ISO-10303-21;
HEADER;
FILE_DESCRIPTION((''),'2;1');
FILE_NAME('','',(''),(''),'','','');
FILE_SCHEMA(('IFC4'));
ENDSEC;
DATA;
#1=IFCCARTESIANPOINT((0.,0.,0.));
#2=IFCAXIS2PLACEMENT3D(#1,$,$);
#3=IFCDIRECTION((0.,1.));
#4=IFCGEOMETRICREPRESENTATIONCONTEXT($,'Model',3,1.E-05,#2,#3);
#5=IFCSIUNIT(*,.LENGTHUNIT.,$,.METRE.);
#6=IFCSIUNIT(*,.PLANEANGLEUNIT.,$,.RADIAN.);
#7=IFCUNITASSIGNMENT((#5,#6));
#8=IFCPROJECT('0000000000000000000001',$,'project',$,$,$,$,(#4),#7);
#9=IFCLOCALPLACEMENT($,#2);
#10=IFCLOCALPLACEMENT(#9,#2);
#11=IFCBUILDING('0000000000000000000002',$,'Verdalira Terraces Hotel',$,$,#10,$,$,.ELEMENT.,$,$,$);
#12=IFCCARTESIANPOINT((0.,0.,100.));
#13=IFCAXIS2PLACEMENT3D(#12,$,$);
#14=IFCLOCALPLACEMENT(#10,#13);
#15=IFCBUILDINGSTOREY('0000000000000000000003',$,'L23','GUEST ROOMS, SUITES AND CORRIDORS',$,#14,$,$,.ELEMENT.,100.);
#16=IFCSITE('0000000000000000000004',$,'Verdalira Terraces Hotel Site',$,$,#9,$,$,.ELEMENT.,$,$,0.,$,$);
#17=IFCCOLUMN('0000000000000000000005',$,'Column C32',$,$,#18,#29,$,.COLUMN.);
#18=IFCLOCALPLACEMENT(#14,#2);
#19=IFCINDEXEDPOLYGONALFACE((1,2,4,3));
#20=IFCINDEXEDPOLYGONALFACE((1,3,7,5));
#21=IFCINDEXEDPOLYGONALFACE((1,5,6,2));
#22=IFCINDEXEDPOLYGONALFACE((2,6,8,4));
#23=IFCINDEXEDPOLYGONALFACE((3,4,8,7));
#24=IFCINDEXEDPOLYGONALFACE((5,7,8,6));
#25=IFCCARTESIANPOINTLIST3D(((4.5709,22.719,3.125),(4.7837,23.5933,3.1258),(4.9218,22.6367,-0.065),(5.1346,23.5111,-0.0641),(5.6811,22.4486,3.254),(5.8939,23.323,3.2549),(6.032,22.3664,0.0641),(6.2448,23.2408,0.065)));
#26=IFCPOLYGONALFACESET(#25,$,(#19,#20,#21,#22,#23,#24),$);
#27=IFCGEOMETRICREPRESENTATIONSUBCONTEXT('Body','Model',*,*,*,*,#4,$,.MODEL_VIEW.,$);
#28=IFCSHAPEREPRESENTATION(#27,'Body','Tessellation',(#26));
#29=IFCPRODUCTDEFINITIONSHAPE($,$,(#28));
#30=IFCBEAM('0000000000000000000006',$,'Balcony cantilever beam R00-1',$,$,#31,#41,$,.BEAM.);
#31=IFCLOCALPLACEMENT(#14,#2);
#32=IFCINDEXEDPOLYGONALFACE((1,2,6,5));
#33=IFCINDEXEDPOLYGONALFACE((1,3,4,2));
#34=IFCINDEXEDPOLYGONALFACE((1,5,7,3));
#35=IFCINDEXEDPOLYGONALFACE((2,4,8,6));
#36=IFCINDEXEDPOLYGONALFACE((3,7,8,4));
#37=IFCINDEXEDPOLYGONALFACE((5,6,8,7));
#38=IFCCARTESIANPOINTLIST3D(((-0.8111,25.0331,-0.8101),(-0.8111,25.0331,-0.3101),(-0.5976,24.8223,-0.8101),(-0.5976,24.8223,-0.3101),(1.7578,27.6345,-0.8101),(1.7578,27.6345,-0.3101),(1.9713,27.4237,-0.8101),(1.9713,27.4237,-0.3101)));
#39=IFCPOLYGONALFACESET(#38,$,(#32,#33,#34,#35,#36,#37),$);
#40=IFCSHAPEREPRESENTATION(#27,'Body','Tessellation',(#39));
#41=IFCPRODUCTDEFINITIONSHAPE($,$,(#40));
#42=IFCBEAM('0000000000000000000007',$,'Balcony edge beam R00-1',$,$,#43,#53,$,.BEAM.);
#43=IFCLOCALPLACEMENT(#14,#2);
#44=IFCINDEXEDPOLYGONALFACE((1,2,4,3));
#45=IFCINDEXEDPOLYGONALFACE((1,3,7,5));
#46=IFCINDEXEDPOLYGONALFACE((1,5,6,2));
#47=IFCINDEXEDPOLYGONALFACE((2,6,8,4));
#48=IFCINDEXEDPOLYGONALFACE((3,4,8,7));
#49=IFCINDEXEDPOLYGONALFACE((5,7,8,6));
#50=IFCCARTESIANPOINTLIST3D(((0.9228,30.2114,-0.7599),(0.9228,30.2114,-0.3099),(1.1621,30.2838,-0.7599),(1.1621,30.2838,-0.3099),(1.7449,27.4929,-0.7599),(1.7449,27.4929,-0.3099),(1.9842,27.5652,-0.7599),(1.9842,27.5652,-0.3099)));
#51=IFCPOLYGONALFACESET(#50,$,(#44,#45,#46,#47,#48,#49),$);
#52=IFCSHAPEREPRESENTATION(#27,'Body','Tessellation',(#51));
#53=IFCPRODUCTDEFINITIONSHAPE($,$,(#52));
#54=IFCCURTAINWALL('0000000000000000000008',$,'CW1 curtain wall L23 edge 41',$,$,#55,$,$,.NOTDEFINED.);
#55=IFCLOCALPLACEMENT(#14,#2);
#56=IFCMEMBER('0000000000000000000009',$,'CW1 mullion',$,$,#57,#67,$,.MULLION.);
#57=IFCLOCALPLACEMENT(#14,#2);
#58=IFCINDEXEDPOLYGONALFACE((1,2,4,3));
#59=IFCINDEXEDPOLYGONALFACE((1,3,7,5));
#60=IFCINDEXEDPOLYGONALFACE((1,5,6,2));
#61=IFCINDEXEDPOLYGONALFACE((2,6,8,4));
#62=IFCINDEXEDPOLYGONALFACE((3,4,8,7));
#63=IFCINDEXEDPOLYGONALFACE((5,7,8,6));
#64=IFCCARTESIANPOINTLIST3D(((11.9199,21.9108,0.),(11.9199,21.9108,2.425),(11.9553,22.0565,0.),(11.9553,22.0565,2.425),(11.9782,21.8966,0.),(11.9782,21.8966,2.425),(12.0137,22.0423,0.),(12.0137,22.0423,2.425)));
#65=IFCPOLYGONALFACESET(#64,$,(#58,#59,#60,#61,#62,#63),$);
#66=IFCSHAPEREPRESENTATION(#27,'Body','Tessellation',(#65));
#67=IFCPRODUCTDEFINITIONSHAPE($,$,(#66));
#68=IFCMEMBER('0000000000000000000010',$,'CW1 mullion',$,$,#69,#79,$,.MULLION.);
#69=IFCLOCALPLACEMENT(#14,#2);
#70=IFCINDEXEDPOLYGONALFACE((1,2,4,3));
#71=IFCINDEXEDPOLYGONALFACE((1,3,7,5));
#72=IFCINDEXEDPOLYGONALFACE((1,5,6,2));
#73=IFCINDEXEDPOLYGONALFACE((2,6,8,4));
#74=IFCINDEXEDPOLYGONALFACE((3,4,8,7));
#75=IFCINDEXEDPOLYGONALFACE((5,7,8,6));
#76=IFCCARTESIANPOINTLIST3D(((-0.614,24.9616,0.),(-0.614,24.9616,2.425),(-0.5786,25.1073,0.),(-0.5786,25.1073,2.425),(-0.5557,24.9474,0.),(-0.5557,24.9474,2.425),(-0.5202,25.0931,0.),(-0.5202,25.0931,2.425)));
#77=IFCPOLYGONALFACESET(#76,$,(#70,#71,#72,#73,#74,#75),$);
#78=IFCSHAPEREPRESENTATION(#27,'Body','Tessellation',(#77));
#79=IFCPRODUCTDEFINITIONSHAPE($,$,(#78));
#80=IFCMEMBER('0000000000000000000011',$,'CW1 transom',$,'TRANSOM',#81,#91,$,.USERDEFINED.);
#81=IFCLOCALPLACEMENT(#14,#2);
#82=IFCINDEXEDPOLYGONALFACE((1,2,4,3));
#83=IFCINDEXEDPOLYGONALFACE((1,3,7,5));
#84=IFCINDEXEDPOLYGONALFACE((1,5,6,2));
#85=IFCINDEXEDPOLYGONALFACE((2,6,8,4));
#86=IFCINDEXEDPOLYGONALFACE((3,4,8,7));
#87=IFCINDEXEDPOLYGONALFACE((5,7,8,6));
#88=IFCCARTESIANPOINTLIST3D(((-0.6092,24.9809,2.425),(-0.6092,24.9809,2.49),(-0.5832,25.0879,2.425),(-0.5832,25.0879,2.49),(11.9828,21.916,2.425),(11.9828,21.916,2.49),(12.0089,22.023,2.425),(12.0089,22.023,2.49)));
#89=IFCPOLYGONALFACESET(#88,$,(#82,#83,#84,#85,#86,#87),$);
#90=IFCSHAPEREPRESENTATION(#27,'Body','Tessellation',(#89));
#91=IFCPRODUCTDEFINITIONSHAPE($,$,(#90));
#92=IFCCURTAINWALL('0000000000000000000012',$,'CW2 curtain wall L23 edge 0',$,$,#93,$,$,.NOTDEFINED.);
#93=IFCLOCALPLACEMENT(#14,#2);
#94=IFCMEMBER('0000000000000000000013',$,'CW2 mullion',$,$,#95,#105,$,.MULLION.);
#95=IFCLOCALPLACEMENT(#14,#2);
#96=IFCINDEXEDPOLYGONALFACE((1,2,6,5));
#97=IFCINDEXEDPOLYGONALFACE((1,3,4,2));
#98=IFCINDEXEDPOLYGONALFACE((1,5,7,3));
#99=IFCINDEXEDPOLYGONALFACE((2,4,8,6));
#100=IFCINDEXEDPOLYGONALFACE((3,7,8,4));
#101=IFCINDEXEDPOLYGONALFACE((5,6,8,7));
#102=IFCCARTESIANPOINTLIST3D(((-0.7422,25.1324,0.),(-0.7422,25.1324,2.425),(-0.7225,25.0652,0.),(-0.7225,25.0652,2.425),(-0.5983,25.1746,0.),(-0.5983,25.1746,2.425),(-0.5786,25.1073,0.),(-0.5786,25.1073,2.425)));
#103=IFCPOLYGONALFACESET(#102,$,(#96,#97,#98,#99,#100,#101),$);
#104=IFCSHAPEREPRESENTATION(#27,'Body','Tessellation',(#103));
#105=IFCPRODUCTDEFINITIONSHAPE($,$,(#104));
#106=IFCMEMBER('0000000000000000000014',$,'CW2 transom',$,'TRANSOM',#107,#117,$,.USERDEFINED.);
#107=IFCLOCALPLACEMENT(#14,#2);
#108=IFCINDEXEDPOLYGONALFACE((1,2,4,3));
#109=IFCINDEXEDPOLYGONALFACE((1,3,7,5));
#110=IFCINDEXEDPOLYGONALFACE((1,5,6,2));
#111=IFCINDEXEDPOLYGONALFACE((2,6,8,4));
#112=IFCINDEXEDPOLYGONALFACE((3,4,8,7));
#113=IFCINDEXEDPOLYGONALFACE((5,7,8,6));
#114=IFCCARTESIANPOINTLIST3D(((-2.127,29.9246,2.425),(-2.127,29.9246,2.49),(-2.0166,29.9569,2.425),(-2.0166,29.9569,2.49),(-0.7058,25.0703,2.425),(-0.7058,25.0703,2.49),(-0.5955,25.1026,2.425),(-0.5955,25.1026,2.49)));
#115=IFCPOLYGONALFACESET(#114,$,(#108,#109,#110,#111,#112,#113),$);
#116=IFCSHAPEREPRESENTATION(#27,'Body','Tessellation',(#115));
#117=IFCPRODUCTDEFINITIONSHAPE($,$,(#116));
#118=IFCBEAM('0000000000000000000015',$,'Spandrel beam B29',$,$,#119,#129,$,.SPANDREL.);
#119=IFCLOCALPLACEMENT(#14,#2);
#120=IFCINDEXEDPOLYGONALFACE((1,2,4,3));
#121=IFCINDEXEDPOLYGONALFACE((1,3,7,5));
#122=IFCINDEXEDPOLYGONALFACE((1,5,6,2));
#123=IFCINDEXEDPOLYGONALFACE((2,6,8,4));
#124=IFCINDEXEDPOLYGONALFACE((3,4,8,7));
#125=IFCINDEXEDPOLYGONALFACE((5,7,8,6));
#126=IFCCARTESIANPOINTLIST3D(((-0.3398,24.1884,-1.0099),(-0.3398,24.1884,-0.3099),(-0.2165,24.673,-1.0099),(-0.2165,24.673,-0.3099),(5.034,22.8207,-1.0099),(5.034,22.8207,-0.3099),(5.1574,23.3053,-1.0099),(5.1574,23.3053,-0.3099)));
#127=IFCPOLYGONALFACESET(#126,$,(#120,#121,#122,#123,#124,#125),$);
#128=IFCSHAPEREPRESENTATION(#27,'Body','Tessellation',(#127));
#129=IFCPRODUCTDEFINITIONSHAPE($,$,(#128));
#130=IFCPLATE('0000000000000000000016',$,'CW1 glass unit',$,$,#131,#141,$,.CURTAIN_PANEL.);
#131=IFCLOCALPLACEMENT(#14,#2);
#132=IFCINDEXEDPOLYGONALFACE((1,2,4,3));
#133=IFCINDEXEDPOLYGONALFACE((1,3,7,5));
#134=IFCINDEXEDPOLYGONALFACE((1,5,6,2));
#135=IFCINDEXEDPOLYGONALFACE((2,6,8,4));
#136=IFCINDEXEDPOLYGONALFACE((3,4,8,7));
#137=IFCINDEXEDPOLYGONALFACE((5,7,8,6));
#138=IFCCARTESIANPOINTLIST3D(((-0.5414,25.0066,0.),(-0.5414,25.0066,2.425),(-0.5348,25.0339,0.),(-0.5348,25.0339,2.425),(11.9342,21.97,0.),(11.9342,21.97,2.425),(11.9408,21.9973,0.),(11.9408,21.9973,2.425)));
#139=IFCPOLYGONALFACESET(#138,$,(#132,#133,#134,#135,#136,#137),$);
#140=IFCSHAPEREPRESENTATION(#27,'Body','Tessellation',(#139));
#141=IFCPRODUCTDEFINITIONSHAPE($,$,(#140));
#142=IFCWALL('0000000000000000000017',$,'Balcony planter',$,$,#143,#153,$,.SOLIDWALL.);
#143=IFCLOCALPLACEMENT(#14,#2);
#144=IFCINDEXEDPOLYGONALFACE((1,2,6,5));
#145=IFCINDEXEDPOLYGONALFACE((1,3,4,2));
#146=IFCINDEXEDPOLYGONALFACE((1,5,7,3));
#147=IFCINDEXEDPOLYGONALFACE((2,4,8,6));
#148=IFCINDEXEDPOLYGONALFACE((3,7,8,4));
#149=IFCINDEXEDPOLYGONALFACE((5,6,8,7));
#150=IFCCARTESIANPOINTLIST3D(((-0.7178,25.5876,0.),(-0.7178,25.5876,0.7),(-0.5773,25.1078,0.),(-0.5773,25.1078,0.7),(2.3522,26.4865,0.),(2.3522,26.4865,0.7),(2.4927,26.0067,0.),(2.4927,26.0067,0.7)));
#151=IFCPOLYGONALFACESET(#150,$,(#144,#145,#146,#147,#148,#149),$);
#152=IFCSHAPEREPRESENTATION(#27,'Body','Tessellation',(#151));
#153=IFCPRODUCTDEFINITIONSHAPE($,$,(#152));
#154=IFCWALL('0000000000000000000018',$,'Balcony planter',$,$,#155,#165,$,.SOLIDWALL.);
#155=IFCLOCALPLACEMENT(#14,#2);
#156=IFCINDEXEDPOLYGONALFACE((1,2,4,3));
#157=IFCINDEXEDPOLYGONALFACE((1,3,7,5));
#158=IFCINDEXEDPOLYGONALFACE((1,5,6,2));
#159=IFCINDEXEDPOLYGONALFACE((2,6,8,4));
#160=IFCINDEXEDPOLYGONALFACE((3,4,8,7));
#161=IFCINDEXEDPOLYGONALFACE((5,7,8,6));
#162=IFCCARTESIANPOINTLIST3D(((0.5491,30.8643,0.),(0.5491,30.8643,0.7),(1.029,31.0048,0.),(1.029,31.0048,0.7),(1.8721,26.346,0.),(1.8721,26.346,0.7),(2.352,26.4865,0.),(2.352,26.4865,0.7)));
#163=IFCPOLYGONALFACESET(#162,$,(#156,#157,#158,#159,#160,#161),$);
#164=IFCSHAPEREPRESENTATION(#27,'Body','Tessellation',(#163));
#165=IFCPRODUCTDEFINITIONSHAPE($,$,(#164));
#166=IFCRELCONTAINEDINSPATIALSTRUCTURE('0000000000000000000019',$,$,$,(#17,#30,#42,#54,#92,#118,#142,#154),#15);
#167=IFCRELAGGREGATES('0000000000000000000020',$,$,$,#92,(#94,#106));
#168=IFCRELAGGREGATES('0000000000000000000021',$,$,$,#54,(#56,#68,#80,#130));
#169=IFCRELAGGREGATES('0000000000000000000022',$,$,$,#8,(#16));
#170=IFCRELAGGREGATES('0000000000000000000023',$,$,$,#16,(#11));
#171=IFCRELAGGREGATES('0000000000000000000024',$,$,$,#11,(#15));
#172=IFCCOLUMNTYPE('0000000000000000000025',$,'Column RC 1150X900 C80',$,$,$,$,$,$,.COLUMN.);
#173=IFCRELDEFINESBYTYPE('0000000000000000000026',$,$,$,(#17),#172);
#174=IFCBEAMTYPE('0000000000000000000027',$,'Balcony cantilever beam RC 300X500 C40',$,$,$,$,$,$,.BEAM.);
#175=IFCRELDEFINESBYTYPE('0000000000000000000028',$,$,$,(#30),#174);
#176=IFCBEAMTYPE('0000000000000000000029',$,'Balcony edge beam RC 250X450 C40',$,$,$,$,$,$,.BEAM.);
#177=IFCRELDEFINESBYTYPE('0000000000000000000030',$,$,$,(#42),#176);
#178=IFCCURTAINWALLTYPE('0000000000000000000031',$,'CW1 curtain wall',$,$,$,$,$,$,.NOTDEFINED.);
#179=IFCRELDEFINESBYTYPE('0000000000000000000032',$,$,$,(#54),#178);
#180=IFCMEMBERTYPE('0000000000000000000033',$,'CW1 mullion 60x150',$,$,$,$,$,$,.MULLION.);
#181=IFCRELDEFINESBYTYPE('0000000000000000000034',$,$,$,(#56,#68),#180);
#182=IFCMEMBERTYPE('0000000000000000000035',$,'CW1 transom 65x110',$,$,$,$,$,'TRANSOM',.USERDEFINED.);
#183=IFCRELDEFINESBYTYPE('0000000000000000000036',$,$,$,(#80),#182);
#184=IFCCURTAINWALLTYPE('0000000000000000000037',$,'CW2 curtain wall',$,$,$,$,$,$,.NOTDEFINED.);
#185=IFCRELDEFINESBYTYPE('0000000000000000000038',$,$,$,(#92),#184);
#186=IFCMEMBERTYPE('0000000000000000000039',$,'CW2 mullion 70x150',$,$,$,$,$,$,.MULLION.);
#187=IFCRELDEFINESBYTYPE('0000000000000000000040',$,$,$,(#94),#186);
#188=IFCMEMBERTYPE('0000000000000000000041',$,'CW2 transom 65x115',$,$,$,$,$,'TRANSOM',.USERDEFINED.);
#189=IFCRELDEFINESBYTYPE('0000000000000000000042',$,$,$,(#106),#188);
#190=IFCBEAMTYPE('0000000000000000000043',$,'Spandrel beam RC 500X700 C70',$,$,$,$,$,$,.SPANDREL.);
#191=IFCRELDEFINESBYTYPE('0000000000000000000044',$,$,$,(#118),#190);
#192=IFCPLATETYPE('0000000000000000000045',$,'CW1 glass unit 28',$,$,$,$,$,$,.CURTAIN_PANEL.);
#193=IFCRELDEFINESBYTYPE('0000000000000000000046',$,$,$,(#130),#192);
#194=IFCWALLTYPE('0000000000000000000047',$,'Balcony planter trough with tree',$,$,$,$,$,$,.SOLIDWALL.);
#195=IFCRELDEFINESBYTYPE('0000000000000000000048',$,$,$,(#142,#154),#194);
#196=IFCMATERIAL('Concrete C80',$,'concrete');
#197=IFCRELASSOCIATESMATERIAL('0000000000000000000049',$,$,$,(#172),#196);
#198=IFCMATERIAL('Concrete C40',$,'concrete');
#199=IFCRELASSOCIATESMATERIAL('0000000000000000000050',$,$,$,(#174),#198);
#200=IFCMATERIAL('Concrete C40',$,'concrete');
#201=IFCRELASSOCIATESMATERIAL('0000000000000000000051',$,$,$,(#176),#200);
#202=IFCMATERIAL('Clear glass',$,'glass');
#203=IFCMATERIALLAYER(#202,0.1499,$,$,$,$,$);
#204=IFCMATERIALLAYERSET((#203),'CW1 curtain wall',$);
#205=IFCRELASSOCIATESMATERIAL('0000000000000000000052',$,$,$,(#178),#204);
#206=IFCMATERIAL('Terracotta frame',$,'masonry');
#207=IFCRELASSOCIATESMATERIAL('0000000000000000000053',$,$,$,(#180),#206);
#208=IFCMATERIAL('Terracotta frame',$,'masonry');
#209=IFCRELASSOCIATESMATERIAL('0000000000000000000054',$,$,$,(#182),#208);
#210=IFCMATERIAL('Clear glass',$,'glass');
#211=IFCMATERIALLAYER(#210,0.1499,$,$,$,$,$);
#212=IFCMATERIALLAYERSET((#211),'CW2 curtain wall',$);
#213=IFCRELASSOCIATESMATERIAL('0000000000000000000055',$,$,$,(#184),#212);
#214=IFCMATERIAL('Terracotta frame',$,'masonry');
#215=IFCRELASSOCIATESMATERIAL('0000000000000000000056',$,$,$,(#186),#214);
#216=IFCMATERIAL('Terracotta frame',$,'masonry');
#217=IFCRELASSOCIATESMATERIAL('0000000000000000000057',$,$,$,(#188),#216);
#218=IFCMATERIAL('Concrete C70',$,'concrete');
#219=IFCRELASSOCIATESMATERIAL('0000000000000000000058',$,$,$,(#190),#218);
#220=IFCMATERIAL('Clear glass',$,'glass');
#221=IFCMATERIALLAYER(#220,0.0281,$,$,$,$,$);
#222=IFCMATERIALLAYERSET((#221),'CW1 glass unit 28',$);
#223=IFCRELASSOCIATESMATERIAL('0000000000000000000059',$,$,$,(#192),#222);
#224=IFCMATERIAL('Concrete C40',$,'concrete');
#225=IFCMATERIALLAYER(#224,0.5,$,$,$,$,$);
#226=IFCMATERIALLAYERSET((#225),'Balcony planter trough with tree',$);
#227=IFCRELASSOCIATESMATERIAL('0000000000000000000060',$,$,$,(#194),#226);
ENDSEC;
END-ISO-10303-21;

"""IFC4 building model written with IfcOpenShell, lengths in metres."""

from ifc_helpers import new_model, si_unit, direction, frame, frame_2d, origin, origin_2d, place, context, subcontext, project, spatial, rectangle, extrude, material, layer, layer_set, material_profile, profile_set, type_object, element, aggregate, save


model = new_model("IFC4")

# Units and contexts
model_context = context("Model", 3, precision=1e-05, world=origin(), true_north=direction((0.0, 1.0)))
body_context = subcontext(model_context, "Body", "Model", "MODEL_VIEW")
ifc_project = project(units=[si_unit("LENGTHUNIT", "METRE"), si_unit("PLANEANGLEUNIT", "RADIAN")], contexts=[model_context])

# Site, building, storey
site_placement = place(None, origin())
site = spatial("IfcSite", under=ifc_project, at=site_placement, Name="Verdalira Terraces Hotel Site", CompositionType="ELEMENT", RefElevation=0.0)
building_placement = place(site_placement, origin())
building = spatial("IfcBuilding", under=site, at=building_placement, Name="Verdalira Terraces Hotel", CompositionType="ELEMENT")
storey_placement = place(building_placement, frame((0.0, 0.0, 100.0)))
storey = spatial("IfcBuildingStorey", under=building, at=storey_placement, Name="L23", Description="GUEST ROOMS, SUITES AND CORRIDORS", CompositionType="ELEMENT", Elevation=100.0)

# Column
ifc_material_1 = material(Name="Concrete C80", Category="concrete")
ifc_material_profile_1 = material_profile(ifc_material_1, rectangle(XDim=1.1499, YDim=0.8999, at=origin_2d()), Name="RC 1150X900")
ifc_profile_set_1 = profile_set([ifc_material_profile_1], Name="Concrete C80")
column_type = type_object("IfcColumnType", Name="Column RC 1150X900 C80", PredefinedType="COLUMN", material=ifc_profile_set_1)
column_placement = place(storey_placement, frame((5.5833, 22.9387, 0.0), z_axis=(-0.109285, 0.025629, 0.99368), x_axis=(-0.965473, 0.23508, -0.112246)))
element("IfcColumn", 1, at=column_placement, inside=storey, type_object=column_type, Name="Column C32", PredefinedType="COLUMN", context=body_context, shape_type="SweptSolid", body=[
    extrude(rectangle(XDim=1.1499, YDim=0.8999, at=origin_2d()), origin(), (0.0, 0.0, 1.0), 3.2102),
])

# Beams
ifc_material_2 = material(Name="Concrete C40", Category="concrete")
ifc_material_profile_2 = material_profile(ifc_material_2, rectangle(XDim=0.3, YDim=0.5, at=origin_2d()), Name="RC 300X500")
ifc_profile_set_2 = profile_set([ifc_material_profile_2], Name="Concrete C40")
beam_type_1 = type_object("IfcBeamType", Name="Balcony cantilever beam RC 300X500 C40", PredefinedType="BEAM", material=ifc_profile_set_2)
beam_1_placement = place(storey_placement, frame((-0.7043, 24.9277, -0.5601), z_axis=(0.702652, 0.711534, 0.0), x_axis=(-0.711534, 0.702652, 0.0)))
element("IfcBeam", 2, at=beam_1_placement, inside=storey, type_object=beam_type_1, Name="Balcony cantilever beam R00-1", PredefinedType="BEAM", context=body_context, shape_type="SweptSolid", body=[
    extrude(rectangle(XDim=0.3, YDim=0.5, at=origin_2d()), origin(), (0.0, 0.0, 1.0), 3.656),
])
ifc_material_3 = material(Name="Concrete C40", Category="concrete")
ifc_material_profile_3 = material_profile(ifc_material_3, rectangle(XDim=0.25, YDim=0.45, at=origin_2d()), Name="RC 250X450")
ifc_profile_set_3 = profile_set([ifc_material_profile_3], Name="Concrete C40")
beam_type_2 = type_object("IfcBeamType", Name="Balcony edge beam RC 250X450 C40", PredefinedType="BEAM", material=ifc_profile_set_3)
beam_2_placement = place(storey_placement, frame((1.8645, 27.5291, -0.5349), z_axis=(-0.289437, 0.957197, 0.0), x_axis=(-0.957197, -0.289437, 0.0)))
element("IfcBeam", 3, at=beam_2_placement, inside=storey, type_object=beam_type_2, Name="Balcony edge beam R00-1", PredefinedType="BEAM", context=body_context, shape_type="SweptSolid", body=[
    extrude(rectangle(XDim=0.25, YDim=0.45, at=origin_2d()), origin(), (0.0, 0.0, 1.0), 2.8401),
])

# Curtain walls, members
ifc_material_4 = material(Name="Clear glass", Category="glass")
ifc_layer_1 = layer(ifc_material_4, 0.1499)
ifc_layer_set_1 = layer_set([ifc_layer_1], Name="CW1 curtain wall")
curtain_wall_type_1 = type_object("IfcCurtainWallType", Name="CW1 curtain wall", PredefinedType="NOTDEFINED", material=ifc_layer_set_1)
curtain_wall_1_placement = place(storey_placement, origin())
curtain_wall_1 = element("IfcCurtainWall", 4, at=curtain_wall_1_placement, inside=storey, type_object=curtain_wall_type_1, Name="CW1 curtain wall L23 edge 41", PredefinedType="NOTDEFINED")
ifc_material_5 = material(Name="Terracotta frame", Category="masonry")
ifc_material_profile_4 = material_profile(ifc_material_5, rectangle(XDim=0.0601, YDim=0.1499, at=origin_2d()), Name="MU 60x150")
ifc_profile_set_4 = profile_set([ifc_material_profile_4], Name="Terracotta frame")
member_type_1 = type_object("IfcMemberType", Name="CW1 mullion 60x150", PredefinedType="MULLION", material=ifc_profile_set_4)
member_1_placement = place(storey_placement, frame((11.9668, 21.9766, 0.0), z_axis=(0.0, 0.0, 1.0), x_axis=(-0.971632, 0.236499, 0.0)))
member_1 = element("IfcMember", 5, at=member_1_placement, type_object=member_type_1, Name="CW1 mullion", PredefinedType="MULLION", context=body_context, shape_type="SweptSolid", body=[
    extrude(rectangle(XDim=0.0601, YDim=0.1499, at=origin_2d()), origin(), (0.0, 0.0, 1.0), 2.425),
])
member_2_placement = place(storey_placement, frame((-0.5671, 25.0273, 0.0), z_axis=(0.0, 0.0, 1.0), x_axis=(-0.971632, 0.236499, 0.0)))
member_2 = element("IfcMember", 6, at=member_2_placement, type_object=member_type_1, Name="CW1 mullion", PredefinedType="MULLION", context=body_context, shape_type="SweptSolid", body=[
    extrude(rectangle(XDim=0.0601, YDim=0.1499, at=origin_2d()), origin(), (0.0, 0.0, 1.0), 2.425),
])
ifc_material_6 = material(Name="Terracotta frame", Category="masonry")
ifc_material_profile_5 = material_profile(ifc_material_6, rectangle(XDim=0.1101, YDim=0.0649, at=origin_2d()), Name="TR 65x110")
ifc_profile_set_5 = profile_set([ifc_material_profile_5], Name="Terracotta frame")
member_type_2 = type_object("IfcMemberType", Name="CW1 transom 65x110", ElementType="TRANSOM", PredefinedType="USERDEFINED", material=ifc_profile_set_5)
member_3_placement = place(storey_placement, frame((11.9959, 21.9695, 2.4575), z_axis=(-0.971632, 0.236498, 0.0), x_axis=(-0.236498, -0.971632, 0.0)))
member_3 = element("IfcMember", 7, at=member_3_placement, type_object=member_type_2, Name="CW1 transom", ObjectType="TRANSOM", PredefinedType="USERDEFINED", context=body_context, shape_type="SweptSolid", body=[
    extrude(rectangle(XDim=0.1101, YDim=0.0649, at=origin_2d()), origin(), (0.0, 0.0, 1.0), 12.9597),
])
ifc_material_7 = material(Name="Clear glass", Category="glass")
ifc_layer_2 = layer(ifc_material_7, 0.1499)
ifc_layer_set_2 = layer_set([ifc_layer_2], Name="CW2 curtain wall")
curtain_wall_type_2 = type_object("IfcCurtainWallType", Name="CW2 curtain wall", PredefinedType="NOTDEFINED", material=ifc_layer_set_2)
curtain_wall_2_placement = place(storey_placement, origin())
curtain_wall_2 = element("IfcCurtainWall", 8, at=curtain_wall_2_placement, inside=storey, type_object=curtain_wall_type_2, Name="CW2 curtain wall L23 edge 0", PredefinedType="NOTDEFINED")
ifc_material_8 = material(Name="Terracotta frame", Category="masonry")
ifc_material_profile_6 = material_profile(ifc_material_8, rectangle(XDim=0.0701, YDim=0.1499, at=origin_2d()), Name="MU 70x150")
ifc_profile_set_6 = profile_set([ifc_material_profile_6], Name="Terracotta frame")
member_type_3 = type_object("IfcMemberType", Name="CW2 mullion 70x150", PredefinedType="MULLION", material=ifc_profile_set_6)
member_4_placement = place(storey_placement, frame((-0.6604, 25.1199, 0.0), z_axis=(0.0, 0.0, 1.0), x_axis=(-0.281002, 0.959707, 0.0)))
member_4 = element("IfcMember", 9, at=member_4_placement, type_object=member_type_3, Name="CW2 mullion", PredefinedType="MULLION", context=body_context, shape_type="SweptSolid", body=[
    extrude(rectangle(XDim=0.0701, YDim=0.1499, at=origin_2d()), origin(), (0.0, 0.0, 1.0), 2.425),
])
ifc_material_9 = material(Name="Terracotta frame", Category="masonry")
ifc_material_profile_7 = material_profile(ifc_material_9, rectangle(XDim=0.115, YDim=0.0649, at=origin_2d()), Name="TR 65x115")
ifc_profile_set_7 = profile_set([ifc_material_profile_7], Name="Terracotta frame")
member_type_4 = type_object("IfcMemberType", Name="CW2 transom 65x115", ElementType="TRANSOM", PredefinedType="USERDEFINED", material=ifc_profile_set_7)
member_5_placement = place(storey_placement, frame((-0.6506, 25.0864, 2.4575), z_axis=(-0.280969, 0.959717, 0.0), x_axis=(-0.959717, -0.280969, 0.0)))
member_5 = element("IfcMember", 10, at=member_5_placement, type_object=member_type_4, Name="CW2 transom", ObjectType="TRANSOM", PredefinedType="USERDEFINED", context=body_context, shape_type="SweptSolid", body=[
    extrude(rectangle(XDim=0.115, YDim=0.0649, at=origin_2d()), origin(), (0.0, 0.0, 1.0), 5.0581),
])
aggregate(curtain_wall_2, [member_4, member_5])

# Beam
ifc_material_10 = material(Name="Concrete C70", Category="concrete")
ifc_material_profile_8 = material_profile(ifc_material_10, rectangle(XDim=0.5, YDim=0.7, at=origin_2d()), Name="RC 500X700")
ifc_profile_set_8 = profile_set([ifc_material_profile_8], Name="Concrete C70")
beam_type_3 = type_object("IfcBeamType", Name="Spandrel beam RC 500X700 C70", PredefinedType="SPANDREL", material=ifc_profile_set_8)
beam_3_placement = place(storey_placement, frame((5.0957, 23.063, -0.6599), z_axis=(-0.969106, 0.246646, 0.0), x_axis=(-0.246646, -0.969106, 0.0)))
element("IfcBeam", 11, at=beam_3_placement, inside=storey, type_object=beam_type_3, Name="Spandrel beam B29", PredefinedType="SPANDREL", context=body_context, shape_type="SweptSolid", body=[
    extrude(rectangle(XDim=0.5, YDim=0.7, at=origin_2d()), origin(), (0.0, 0.0, 1.0), 5.5452),
])

# Plate
ifc_material_11 = material(Name="Clear glass", Category="glass")
ifc_layer_3 = layer(ifc_material_11, 0.0281)
ifc_layer_set_3 = layer_set([ifc_layer_3], Name="CW1 glass unit 28")
plate_type = type_object("IfcPlateType", Name="CW1 glass unit 28", PredefinedType="CURTAIN_PANEL", material=ifc_layer_set_3)
plate_placement = place(storey_placement, frame((5.6997, 23.502, 0.0), z_axis=(0.0, 0.0, 1.0), x_axis=(-0.971632, 0.236499, 0.0)))
plate = element("IfcPlate", 12, at=plate_placement, type_object=plate_type, Name="CW1 glass unit", PredefinedType="CURTAIN_PANEL", context=body_context, shape_type="SweptSolid", body=[
    extrude(rectangle(XDim=12.8398, YDim=0.0281, at=origin_2d()), origin(), (0.0, 0.0, 1.0), 2.425),
])
aggregate(curtain_wall_1, [member_1, member_2, member_3, plate])

# Walls
ifc_material_12 = material(Name="Concrete C40", Category="concrete")
ifc_layer_4 = layer(ifc_material_12, 0.5)
ifc_layer_set_4 = layer_set([ifc_layer_4], Name="Balcony planter trough with tree")
wall_type_1 = type_object("IfcWallType", Name="Balcony planter trough with tree", PredefinedType="SOLIDWALL", material=ifc_layer_set_4)
wall_1_placement = place(storey_placement, frame((-0.6477, 25.3477, 0.0), z_axis=(0.0, 0.0, 1.0), x_axis=(0.959706, 0.281005, 0.0)))
element("IfcWall", 13, at=wall_1_placement, inside=storey, type_object=wall_type_1, Name="Balcony planter", PredefinedType="SOLIDWALL", context=body_context, shape_type="SweptSolid", body=[
    extrude(rectangle(XDim=3.199, YDim=0.5, at=frame_2d((1.5996, 0.0))), origin(), (0.0, 0.0, 1.0), 0.7),
])
wall_2_placement = place(storey_placement, frame((2.1121, 26.4163, 0.0), z_axis=(0.0, 0.0, 1.0), x_axis=(-0.281009, 0.959705, 0.0)))
element("IfcWall", 14, at=wall_2_placement, inside=storey, type_object=wall_type_1, Name="Balcony planter", PredefinedType="SOLIDWALL", context=body_context, shape_type="SweptSolid", body=[
    extrude(rectangle(XDim=4.708, YDim=0.5, at=frame_2d((2.354, 0.0))), origin(), (0.0, 0.0, 1.0), 0.7),
])

save(model, "model.ifc")
